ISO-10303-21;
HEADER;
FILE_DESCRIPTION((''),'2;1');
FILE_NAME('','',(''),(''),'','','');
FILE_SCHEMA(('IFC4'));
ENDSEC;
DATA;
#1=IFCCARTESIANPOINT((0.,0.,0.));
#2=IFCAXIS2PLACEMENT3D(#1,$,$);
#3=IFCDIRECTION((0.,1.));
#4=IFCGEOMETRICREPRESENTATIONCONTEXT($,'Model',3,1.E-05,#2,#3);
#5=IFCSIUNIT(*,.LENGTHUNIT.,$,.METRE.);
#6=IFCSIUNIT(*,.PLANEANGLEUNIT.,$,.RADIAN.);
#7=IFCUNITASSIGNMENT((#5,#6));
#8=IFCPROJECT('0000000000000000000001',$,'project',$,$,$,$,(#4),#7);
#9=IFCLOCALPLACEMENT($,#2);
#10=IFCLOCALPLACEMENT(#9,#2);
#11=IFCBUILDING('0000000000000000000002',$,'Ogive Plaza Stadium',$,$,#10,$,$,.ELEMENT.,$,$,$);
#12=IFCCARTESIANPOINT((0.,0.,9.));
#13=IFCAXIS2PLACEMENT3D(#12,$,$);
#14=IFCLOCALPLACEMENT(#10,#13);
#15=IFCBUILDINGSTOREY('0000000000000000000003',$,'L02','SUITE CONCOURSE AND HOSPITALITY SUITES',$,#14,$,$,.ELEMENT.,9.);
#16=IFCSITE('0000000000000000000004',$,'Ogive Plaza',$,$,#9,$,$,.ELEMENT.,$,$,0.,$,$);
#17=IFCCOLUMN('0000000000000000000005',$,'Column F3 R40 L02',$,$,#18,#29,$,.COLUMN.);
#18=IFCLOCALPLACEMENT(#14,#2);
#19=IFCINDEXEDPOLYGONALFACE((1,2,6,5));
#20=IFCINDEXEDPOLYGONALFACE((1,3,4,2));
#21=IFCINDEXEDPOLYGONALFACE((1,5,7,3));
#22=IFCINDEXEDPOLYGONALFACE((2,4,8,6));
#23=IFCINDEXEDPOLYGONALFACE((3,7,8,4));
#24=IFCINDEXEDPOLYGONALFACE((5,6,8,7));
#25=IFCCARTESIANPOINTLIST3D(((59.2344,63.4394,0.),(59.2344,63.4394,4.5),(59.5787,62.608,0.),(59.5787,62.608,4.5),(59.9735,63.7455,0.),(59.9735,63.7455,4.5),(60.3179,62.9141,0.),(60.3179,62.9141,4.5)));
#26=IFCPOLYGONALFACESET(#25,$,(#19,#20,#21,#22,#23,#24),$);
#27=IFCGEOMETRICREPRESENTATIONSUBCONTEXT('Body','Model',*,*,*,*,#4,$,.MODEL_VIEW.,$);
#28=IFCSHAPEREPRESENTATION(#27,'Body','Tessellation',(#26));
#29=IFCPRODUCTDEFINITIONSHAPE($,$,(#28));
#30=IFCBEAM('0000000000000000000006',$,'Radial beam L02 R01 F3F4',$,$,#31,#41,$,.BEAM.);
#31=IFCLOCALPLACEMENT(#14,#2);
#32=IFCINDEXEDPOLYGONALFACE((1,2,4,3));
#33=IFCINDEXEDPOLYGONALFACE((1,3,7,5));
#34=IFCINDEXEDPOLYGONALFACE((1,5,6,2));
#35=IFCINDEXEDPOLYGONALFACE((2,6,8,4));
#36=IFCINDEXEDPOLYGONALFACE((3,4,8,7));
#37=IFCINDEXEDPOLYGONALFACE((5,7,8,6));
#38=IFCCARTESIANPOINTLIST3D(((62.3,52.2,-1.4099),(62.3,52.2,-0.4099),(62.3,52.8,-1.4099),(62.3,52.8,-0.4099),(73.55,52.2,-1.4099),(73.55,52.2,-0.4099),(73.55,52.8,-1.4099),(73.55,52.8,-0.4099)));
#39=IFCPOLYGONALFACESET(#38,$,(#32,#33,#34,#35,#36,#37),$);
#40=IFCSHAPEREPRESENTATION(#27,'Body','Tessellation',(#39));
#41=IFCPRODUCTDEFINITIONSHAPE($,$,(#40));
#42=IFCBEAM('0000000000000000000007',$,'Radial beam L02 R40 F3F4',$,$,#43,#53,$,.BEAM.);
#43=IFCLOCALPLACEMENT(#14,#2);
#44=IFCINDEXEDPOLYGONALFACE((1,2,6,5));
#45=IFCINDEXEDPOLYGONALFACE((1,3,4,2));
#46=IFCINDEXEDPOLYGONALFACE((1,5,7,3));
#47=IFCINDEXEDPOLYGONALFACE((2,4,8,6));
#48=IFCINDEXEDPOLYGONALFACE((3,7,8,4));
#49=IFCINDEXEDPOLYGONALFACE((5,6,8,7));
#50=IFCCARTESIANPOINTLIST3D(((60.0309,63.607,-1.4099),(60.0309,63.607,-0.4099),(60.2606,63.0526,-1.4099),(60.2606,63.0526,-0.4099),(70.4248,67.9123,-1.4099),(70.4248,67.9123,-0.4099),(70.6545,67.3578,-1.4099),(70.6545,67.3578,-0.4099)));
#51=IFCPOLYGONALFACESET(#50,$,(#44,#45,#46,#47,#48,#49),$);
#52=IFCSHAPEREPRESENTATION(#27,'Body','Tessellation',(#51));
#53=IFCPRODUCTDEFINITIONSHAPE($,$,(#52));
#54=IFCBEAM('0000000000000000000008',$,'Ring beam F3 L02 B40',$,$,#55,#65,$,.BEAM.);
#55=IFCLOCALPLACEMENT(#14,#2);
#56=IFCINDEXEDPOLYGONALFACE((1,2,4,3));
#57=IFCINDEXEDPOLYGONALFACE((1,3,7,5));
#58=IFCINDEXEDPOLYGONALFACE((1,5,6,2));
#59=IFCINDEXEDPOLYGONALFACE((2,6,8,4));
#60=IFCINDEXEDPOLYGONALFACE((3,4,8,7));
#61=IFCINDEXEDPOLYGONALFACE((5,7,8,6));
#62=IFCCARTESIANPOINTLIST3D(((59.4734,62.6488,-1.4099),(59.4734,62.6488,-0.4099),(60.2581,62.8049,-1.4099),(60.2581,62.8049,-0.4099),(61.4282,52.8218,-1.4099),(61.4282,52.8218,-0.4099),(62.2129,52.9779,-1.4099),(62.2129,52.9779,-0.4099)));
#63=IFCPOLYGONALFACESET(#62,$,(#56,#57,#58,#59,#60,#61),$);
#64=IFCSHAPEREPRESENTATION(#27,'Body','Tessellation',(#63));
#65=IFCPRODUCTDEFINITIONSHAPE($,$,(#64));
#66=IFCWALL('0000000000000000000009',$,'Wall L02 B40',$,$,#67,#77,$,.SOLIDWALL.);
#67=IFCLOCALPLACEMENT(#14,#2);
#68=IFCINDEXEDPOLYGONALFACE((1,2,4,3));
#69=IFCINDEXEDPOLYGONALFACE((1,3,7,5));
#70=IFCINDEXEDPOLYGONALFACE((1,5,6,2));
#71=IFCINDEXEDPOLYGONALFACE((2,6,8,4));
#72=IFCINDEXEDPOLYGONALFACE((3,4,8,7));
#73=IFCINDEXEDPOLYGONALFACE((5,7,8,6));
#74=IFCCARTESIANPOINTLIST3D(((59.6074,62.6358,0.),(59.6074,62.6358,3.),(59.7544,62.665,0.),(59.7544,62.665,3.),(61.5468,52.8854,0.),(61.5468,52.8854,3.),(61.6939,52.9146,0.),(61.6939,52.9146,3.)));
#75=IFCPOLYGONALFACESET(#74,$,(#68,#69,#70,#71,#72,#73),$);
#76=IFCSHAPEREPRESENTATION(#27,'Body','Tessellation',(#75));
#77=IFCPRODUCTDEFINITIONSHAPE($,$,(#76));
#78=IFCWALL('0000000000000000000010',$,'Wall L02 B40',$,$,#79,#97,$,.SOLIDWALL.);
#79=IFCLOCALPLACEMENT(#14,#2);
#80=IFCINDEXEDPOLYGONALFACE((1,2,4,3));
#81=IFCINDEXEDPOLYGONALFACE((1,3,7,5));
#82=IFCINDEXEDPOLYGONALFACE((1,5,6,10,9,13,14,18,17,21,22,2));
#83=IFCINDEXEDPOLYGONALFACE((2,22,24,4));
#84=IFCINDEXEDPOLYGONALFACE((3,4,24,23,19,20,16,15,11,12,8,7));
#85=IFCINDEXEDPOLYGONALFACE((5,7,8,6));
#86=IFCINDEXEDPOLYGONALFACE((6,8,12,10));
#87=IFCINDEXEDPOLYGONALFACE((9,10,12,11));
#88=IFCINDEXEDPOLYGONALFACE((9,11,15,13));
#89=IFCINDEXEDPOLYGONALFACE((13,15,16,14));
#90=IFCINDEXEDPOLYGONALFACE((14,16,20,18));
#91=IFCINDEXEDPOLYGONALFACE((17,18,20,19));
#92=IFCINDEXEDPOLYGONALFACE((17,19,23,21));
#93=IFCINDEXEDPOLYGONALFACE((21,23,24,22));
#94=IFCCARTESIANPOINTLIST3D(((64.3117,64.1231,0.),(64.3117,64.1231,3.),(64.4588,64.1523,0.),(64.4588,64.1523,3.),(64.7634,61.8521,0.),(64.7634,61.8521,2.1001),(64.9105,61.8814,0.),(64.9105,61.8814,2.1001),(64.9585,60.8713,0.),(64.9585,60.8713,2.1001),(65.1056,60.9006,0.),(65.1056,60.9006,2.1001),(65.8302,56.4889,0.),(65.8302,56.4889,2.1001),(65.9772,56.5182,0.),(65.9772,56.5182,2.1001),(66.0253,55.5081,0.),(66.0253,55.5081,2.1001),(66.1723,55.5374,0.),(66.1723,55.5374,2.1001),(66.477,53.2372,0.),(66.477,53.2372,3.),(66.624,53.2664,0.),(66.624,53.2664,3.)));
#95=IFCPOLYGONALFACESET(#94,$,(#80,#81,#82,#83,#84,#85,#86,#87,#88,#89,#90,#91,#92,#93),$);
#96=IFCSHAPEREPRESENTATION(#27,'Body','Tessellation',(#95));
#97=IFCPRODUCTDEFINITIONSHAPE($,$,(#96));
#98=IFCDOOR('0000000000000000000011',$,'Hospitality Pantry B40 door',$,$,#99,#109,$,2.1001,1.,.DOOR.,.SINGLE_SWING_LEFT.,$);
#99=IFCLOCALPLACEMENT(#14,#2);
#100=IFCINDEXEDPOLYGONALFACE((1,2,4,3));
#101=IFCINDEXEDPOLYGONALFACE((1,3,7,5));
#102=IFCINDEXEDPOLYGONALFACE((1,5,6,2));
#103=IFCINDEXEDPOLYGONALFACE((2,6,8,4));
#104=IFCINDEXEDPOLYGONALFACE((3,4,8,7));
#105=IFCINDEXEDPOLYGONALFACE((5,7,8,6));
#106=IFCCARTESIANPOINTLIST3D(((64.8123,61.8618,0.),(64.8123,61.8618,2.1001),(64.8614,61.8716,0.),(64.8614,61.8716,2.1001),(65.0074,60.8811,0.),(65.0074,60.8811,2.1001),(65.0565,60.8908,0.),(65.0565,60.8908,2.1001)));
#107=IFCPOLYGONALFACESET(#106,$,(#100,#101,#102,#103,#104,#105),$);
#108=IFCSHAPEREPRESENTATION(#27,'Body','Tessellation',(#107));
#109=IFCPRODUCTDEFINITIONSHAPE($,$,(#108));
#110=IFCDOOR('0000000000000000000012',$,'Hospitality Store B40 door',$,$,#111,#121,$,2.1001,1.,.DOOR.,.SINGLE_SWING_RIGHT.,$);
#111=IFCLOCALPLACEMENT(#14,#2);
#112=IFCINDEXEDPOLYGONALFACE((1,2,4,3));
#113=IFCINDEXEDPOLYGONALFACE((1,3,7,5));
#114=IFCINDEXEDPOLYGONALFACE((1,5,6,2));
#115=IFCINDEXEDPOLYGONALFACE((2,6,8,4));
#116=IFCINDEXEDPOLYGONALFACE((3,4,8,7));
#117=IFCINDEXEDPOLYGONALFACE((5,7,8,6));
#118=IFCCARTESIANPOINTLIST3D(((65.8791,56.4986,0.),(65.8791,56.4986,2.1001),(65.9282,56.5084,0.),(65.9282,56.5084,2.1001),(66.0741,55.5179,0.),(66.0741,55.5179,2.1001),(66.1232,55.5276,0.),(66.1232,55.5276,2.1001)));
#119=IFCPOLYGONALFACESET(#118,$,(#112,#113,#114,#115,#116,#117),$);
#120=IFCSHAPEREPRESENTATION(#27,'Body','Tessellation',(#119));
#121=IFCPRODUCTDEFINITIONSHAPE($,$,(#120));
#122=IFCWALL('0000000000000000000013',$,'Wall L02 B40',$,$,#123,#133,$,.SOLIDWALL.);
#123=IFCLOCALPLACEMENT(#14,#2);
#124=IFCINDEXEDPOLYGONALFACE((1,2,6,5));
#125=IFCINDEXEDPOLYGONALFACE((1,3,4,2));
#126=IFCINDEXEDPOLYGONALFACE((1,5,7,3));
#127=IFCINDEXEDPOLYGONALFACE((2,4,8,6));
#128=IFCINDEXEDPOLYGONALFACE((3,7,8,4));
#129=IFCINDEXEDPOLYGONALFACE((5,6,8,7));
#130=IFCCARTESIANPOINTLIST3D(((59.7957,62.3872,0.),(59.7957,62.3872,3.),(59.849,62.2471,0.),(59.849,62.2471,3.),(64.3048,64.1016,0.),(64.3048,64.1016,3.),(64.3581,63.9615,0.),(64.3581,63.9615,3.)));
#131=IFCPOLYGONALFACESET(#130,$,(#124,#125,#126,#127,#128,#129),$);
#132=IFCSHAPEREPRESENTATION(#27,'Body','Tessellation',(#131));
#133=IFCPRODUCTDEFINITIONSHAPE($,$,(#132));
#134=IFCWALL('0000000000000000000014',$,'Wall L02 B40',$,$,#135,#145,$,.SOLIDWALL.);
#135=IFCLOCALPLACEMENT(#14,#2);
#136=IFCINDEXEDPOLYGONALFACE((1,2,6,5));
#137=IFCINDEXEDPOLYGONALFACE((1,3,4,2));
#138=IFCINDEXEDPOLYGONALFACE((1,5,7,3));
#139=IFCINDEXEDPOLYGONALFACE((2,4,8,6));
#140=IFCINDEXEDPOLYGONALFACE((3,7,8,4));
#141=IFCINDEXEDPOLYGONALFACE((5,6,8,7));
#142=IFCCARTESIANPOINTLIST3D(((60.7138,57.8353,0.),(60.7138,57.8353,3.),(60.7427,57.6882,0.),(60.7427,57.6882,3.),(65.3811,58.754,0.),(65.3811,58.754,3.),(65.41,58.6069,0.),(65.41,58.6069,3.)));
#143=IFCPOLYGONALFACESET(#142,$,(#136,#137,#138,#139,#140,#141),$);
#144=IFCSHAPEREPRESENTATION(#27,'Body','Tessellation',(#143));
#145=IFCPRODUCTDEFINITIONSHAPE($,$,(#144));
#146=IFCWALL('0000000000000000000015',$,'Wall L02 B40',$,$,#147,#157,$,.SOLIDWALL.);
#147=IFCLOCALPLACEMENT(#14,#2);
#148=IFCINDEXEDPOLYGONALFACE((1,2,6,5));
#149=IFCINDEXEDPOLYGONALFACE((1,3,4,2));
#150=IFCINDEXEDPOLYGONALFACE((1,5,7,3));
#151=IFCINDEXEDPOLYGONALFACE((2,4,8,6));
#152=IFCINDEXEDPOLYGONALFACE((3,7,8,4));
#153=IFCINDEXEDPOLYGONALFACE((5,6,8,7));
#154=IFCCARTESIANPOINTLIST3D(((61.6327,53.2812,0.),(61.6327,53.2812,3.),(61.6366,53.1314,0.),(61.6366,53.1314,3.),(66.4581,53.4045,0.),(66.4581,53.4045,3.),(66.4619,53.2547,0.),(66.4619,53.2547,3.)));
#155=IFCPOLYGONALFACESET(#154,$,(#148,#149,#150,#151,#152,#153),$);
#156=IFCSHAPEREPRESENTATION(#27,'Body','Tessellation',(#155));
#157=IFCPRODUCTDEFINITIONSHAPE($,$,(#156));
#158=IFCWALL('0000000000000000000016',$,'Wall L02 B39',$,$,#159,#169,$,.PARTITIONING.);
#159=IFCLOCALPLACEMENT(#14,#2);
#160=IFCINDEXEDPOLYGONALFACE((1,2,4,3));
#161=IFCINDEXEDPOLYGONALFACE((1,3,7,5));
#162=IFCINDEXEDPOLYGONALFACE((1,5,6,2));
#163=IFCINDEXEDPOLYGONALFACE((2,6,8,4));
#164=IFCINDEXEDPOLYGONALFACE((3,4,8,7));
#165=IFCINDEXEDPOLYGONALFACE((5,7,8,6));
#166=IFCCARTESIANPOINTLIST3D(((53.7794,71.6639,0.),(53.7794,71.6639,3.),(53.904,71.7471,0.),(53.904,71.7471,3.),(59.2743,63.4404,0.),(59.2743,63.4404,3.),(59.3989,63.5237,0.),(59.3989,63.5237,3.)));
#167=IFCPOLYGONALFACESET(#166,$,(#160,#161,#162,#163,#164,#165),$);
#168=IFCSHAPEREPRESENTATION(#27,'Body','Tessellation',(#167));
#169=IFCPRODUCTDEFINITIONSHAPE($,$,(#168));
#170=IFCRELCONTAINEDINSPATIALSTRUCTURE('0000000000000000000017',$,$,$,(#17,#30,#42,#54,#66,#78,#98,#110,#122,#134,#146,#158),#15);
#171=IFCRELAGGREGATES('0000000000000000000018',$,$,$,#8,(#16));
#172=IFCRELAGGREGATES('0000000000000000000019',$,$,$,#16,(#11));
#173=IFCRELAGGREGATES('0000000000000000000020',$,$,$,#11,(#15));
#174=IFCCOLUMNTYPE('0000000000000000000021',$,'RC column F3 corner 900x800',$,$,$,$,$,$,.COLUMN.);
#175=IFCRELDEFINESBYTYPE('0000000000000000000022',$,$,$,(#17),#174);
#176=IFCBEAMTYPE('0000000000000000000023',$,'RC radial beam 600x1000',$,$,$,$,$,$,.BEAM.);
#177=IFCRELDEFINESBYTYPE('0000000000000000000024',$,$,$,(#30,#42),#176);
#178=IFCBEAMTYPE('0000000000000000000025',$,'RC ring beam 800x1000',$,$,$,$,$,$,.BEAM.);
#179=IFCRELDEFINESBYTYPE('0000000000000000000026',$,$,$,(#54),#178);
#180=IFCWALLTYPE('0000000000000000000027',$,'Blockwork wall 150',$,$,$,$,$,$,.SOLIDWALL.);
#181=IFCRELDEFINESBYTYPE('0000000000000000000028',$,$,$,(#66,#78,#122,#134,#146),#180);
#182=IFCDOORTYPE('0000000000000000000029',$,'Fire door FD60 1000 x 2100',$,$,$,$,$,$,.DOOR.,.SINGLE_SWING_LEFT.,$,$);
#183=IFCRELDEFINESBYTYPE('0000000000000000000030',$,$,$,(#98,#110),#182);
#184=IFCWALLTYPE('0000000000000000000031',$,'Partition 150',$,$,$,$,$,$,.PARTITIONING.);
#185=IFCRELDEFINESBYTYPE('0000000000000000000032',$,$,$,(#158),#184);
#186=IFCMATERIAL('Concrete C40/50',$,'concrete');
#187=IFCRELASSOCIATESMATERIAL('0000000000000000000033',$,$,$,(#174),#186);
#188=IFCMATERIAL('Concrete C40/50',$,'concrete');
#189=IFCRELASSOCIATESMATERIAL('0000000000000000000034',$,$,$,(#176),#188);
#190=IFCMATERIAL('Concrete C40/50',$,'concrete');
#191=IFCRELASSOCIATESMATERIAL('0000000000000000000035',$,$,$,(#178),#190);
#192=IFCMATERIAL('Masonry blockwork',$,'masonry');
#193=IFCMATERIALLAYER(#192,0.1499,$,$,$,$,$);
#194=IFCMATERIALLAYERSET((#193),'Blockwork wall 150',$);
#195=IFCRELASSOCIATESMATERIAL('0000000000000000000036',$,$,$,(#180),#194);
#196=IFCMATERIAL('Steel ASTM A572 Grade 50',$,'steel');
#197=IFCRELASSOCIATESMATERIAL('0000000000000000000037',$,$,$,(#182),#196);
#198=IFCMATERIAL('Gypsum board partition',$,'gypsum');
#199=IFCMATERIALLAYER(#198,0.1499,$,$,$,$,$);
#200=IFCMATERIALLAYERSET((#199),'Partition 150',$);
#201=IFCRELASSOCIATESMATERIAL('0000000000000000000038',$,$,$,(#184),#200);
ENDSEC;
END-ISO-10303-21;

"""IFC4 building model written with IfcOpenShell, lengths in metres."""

from ifc_helpers import new_model, si_unit, direction, frame, frame_2d, origin, origin_2d, place, context, subcontext, project, spatial, rectangle, extrude, material, layer, layer_set, material_profile, profile_set, type_object, element, fill, save


model = new_model("IFC4")

# Units and contexts
model_context = context("Model", 3, precision=1e-05, world=origin(), true_north=direction((0.0, 1.0)))
body_context = subcontext(model_context, "Body", "Model", "MODEL_VIEW")
ifc_project = project(units=[si_unit("LENGTHUNIT", "METRE"), si_unit("PLANEANGLEUNIT", "RADIAN")], contexts=[model_context])

# Site, building, storey
site_placement = place(None, origin())
site = spatial("IfcSite", under=ifc_project, at=site_placement, Name="Ogive Plaza", CompositionType="ELEMENT", RefElevation=0.0)
building_placement = place(site_placement, origin())
building = spatial("IfcBuilding", under=site, at=building_placement, Name="Ogive Plaza Stadium", CompositionType="ELEMENT")
storey_placement = place(building_placement, frame((0.0, 0.0, 9.0)))
storey = spatial("IfcBuildingStorey", under=building, at=storey_placement, Name="L02", Description="SUITE CONCOURSE AND HOSPITALITY SUITES", CompositionType="ELEMENT", Elevation=9.0)

# Column
ifc_material_1 = material(Name="Concrete C40/50", Category="concrete")
ifc_material_profile_1 = material_profile(ifc_material_1, rectangle(XDim=0.8999, YDim=0.8, at=origin_2d()), Name="RC 900x800")
ifc_profile_set_1 = profile_set([ifc_material_profile_1], Name="Concrete C40/50")
column_type = type_object("IfcColumnType", Name="RC column F3 corner 900x800", PredefinedType="COLUMN", material=ifc_profile_set_1)
column_placement = place(storey_placement, frame((59.7761, 63.1768, 0.0), z_axis=(0.0, 0.0, 1.0), x_axis=(-0.382683, 0.92388, 0.0)))
element("IfcColumn", 1, at=column_placement, inside=storey, type_object=column_type, Name="Column F3 R40 L02", PredefinedType="COLUMN", context=body_context, shape_type="SweptSolid", body=[
    extrude(rectangle(XDim=0.8999, YDim=0.8, at=origin_2d()), origin(), (0.0, 0.0, 1.0), 4.5),
])

# Beams
ifc_material_2 = material(Name="Concrete C40/50", Category="concrete")
ifc_material_profile_2 = material_profile(ifc_material_2, rectangle(XDim=0.6001, YDim=1.0, at=origin_2d()), Name="RC 600x1000")
ifc_profile_set_2 = profile_set([ifc_material_profile_2], Name="Concrete C40/50")
beam_type_1 = type_object("IfcBeamType", Name="RC radial beam 600x1000", PredefinedType="BEAM", material=ifc_profile_set_2)
beam_1_placement = place(storey_placement, frame((62.3, 52.5, -0.9099), z_axis=(1.0, 0.0, 0.0), x_axis=(0.0, 1.0, 0.0)))
element("IfcBeam", 2, at=beam_1_placement, inside=storey, type_object=beam_type_1, Name="Radial beam L02 R01 F3F4", PredefinedType="BEAM", context=body_context, shape_type="SweptSolid", body=[
    extrude(rectangle(XDim=0.6001, YDim=1.0, at=origin_2d()), origin(), (0.0, 0.0, 1.0), 11.25),
])
beam_2_placement = place(storey_placement, frame((60.1458, 63.3298, -0.9099), z_axis=(0.923882, 0.382678, 0.0), x_axis=(-0.382678, 0.923882, 0.0)))
element("IfcBeam", 3, at=beam_2_placement, inside=storey, type_object=beam_type_1, Name="Radial beam L02 R40 F3F4", PredefinedType="BEAM", context=body_context, shape_type="SweptSolid", body=[
    extrude(rectangle(XDim=0.6001, YDim=1.0, at=origin_2d()), origin(), (0.0, 0.0, 1.0), 11.2502),
])
ifc_material_3 = material(Name="Concrete C40/50", Category="concrete")
ifc_material_profile_3 = material_profile(ifc_material_3, rectangle(XDim=0.8, YDim=1.0, at=origin_2d()), Name="RC 800x1000")
ifc_profile_set_3 = profile_set([ifc_material_profile_3], Name="Concrete C40/50")
beam_type_2 = type_object("IfcBeamType", Name="RC ring beam 800x1000", PredefinedType="BEAM", material=ifc_profile_set_3)
beam_3_placement = place(storey_placement, frame((59.8657, 62.7268, -0.9099), z_axis=(0.195104, -0.980783, 0.0), x_axis=(0.980783, 0.195104, 0.0)))
element("IfcBeam", 4, at=beam_3_placement, inside=storey, type_object=beam_type_2, Name="Ring beam F3 L02 B40", PredefinedType="BEAM", context=body_context, shape_type="SweptSolid", body=[
    extrude(rectangle(XDim=0.8, YDim=1.0, at=origin_2d()), origin(), (0.0, 0.0, 1.0), 10.0195),
])

# Wall
ifc_material_4 = material(Name="Masonry blockwork", Category="masonry")
ifc_layer_1 = layer(ifc_material_4, 0.1499)
ifc_layer_set_1 = layer_set([ifc_layer_1], Name="Blockwork wall 150")
wall_type_1 = type_object("IfcWallType", Name="Blockwork wall 150", PredefinedType="SOLIDWALL", material=ifc_layer_set_1)
wall_1_placement = place(storey_placement, frame((59.6809, 62.6504, 0.0), z_axis=(0.0, 0.0, 1.0), x_axis=(0.195086, -0.980786, 0.0)))
element("IfcWall", 5, at=wall_1_placement, inside=storey, type_object=wall_type_1, Name="Wall L02 B40", PredefinedType="SOLIDWALL", context=body_context, shape_type="SweptSolid", body=[
    extrude(rectangle(XDim=9.9414, YDim=0.1499, at=frame_2d((4.9707, 0.0))), origin(), (0.0, 0.0, 1.0), 3.0),
])

# Wall, openings, doors
wall_2_placement = place(storey_placement, frame((64.3853, 64.1377, 0.0), z_axis=(0.0, 0.0, 1.0), x_axis=(0.195084, -0.980787, 0.0)))
wall_2 = element("IfcWall", 6, at=wall_2_placement, inside=storey, type_object=wall_type_1, Name="Wall L02 B40", PredefinedType="SOLIDWALL", context=body_context, shape_type="SweptSolid", body=[
    extrude(rectangle(XDim=11.0991, YDim=0.1499, at=frame_2d((5.5496, 0.0))), origin(), (0.0, 0.0, 1.0), 3.0),
])
opening_1_placement = place(wall_2_placement, frame((2.3154, 0.0, 0.0)))
opening_1 = element("IfcOpeningElement", 7, at=opening_1_placement, cuts=wall_2, PredefinedType="OPENING", context=body_context, shape_type="SweptSolid", body=[
    extrude(rectangle(XDim=1.0, YDim=2.1001, at=frame_2d((0.5, 1.05))), frame((0.0, 0.075, 0.0), z_axis=(0.0, -1.0, 0.0), x_axis=(1.0, 0.0, 0.0)), (0.0, 0.0, 1.0), 0.1499),
])
opening_2_placement = place(wall_2_placement, frame((7.7837, 0.0, 0.0)))
opening_2 = element("IfcOpeningElement", 8, at=opening_2_placement, cuts=wall_2, PredefinedType="OPENING", context=body_context, shape_type="SweptSolid", body=[
    extrude(rectangle(XDim=1.0, YDim=2.1001, at=frame_2d((0.5, 1.05))), frame((0.0, 0.075, 0.0), z_axis=(0.0, -1.0, 0.0), x_axis=(1.0, 0.0, 0.0)), (0.0, 0.0, 1.0), 0.1499),
])
ifc_material_5 = material(Name="Steel ASTM A572 Grade 50", Category="steel")
door_type = type_object("IfcDoorType", Name="Fire door FD60 1000 x 2100", OperationType="SINGLE_SWING_LEFT", PredefinedType="DOOR", material=ifc_material_5)
door_1_placement = place(opening_1_placement, origin())
door_1 = element("IfcDoor", 9, at=door_1_placement, inside=storey, type_object=door_type, Name="Hospitality Pantry B40 door", OperationType="SINGLE_SWING_LEFT", OverallHeight=2.1001, OverallWidth=1.0, PredefinedType="DOOR", context=body_context, shape_type="SweptSolid", body=[
    extrude(rectangle(XDim=1.0, YDim=2.1001, at=frame_2d((0.5, 1.05))), frame((0.0, 0.0249, 0.0), z_axis=(0.0, -1.0, 0.0), x_axis=(1.0, 0.0, 0.0)), (0.0, 0.0, 1.0), 0.05),
])
fill(opening_1, door_1)
door_2_placement = place(opening_2_placement, origin())
door_2 = element("IfcDoor", 10, at=door_2_placement, inside=storey, type_object=door_type, Name="Hospitality Store B40 door", OperationType="SINGLE_SWING_RIGHT", OverallHeight=2.1001, OverallWidth=1.0, PredefinedType="DOOR", context=body_context, shape_type="SweptSolid", body=[
    extrude(rectangle(XDim=1.0, YDim=2.1001, at=frame_2d((0.5, 1.05))), frame((0.0, 0.0249, 0.0), z_axis=(0.0, -1.0, 0.0), x_axis=(1.0, 0.0, 0.0)), (0.0, 0.0, 1.0), 0.05),
])
fill(opening_2, door_2)

# Walls
wall_3_placement = place(storey_placement, frame((59.8223, 62.3171, 0.0), z_axis=(0.0, 0.0, 1.0), x_axis=(0.93472, 0.355385, 0.0)))
element("IfcWall", 11, at=wall_3_placement, inside=storey, type_object=wall_type_1, Name="Wall L02 B40", PredefinedType="SOLIDWALL", context=body_context, shape_type="SweptSolid", body=[
    extrude(rectangle(XDim=4.824, YDim=0.1499, at=frame_2d((2.4121, 0.0))), origin(), (0.0, 0.0, 1.0), 3.0),
])
wall_4_placement = place(storey_placement, frame((60.7283, 57.7617, 0.0), z_axis=(0.0, 0.0, 1.0), x_axis=(0.981172, 0.193134, 0.0)))
element("IfcWall", 12, at=wall_4_placement, inside=storey, type_object=wall_type_1, Name="Wall L02 B40", PredefinedType="SOLIDWALL", context=body_context, shape_type="SweptSolid", body=[
    extrude(rectangle(XDim=4.7568, YDim=0.1499, at=frame_2d((2.3784, 0.0))), origin(), (0.0, 0.0, 1.0), 3.0),
])
wall_5_placement = place(storey_placement, frame((61.6345, 53.2063, 0.0), z_axis=(0.0, 0.0, 1.0), x_axis=(0.999674, 0.025542, 0.0)))
element("IfcWall", 13, at=wall_5_placement, inside=storey, type_object=wall_type_1, Name="Wall L02 B40", PredefinedType="SOLIDWALL", context=body_context, shape_type="SweptSolid", body=[
    extrude(rectangle(XDim=4.8269, YDim=0.1499, at=frame_2d((2.4136, 0.0))), origin(), (0.0, 0.0, 1.0), 3.0),
])
ifc_material_6 = material(Name="Gypsum board partition", Category="gypsum")
ifc_layer_2 = layer(ifc_material_6, 0.1499)
ifc_layer_set_2 = layer_set([ifc_layer_2], Name="Partition 150")
wall_type_2 = type_object("IfcWallType", Name="Partition 150", PredefinedType="PARTITIONING", material=ifc_layer_set_2)
wall_6_placement = place(storey_placement, frame((59.3367, 63.4819, 0.0), z_axis=(0.0, 0.0, 1.0), x_axis=(-0.555583, 0.831461, 0.0)))
element("IfcWall", 14, at=wall_6_placement, inside=storey, type_object=wall_type_2, Name="Wall L02 B39", PredefinedType="PARTITIONING", context=body_context, shape_type="SweptSolid", body=[
    extrude(rectangle(XDim=9.8904, YDim=0.1499, at=frame_2d((4.9453, 0.0))), origin(), (0.0, 0.0, 1.0), 3.0),
])

save(model, "model.ifc")
